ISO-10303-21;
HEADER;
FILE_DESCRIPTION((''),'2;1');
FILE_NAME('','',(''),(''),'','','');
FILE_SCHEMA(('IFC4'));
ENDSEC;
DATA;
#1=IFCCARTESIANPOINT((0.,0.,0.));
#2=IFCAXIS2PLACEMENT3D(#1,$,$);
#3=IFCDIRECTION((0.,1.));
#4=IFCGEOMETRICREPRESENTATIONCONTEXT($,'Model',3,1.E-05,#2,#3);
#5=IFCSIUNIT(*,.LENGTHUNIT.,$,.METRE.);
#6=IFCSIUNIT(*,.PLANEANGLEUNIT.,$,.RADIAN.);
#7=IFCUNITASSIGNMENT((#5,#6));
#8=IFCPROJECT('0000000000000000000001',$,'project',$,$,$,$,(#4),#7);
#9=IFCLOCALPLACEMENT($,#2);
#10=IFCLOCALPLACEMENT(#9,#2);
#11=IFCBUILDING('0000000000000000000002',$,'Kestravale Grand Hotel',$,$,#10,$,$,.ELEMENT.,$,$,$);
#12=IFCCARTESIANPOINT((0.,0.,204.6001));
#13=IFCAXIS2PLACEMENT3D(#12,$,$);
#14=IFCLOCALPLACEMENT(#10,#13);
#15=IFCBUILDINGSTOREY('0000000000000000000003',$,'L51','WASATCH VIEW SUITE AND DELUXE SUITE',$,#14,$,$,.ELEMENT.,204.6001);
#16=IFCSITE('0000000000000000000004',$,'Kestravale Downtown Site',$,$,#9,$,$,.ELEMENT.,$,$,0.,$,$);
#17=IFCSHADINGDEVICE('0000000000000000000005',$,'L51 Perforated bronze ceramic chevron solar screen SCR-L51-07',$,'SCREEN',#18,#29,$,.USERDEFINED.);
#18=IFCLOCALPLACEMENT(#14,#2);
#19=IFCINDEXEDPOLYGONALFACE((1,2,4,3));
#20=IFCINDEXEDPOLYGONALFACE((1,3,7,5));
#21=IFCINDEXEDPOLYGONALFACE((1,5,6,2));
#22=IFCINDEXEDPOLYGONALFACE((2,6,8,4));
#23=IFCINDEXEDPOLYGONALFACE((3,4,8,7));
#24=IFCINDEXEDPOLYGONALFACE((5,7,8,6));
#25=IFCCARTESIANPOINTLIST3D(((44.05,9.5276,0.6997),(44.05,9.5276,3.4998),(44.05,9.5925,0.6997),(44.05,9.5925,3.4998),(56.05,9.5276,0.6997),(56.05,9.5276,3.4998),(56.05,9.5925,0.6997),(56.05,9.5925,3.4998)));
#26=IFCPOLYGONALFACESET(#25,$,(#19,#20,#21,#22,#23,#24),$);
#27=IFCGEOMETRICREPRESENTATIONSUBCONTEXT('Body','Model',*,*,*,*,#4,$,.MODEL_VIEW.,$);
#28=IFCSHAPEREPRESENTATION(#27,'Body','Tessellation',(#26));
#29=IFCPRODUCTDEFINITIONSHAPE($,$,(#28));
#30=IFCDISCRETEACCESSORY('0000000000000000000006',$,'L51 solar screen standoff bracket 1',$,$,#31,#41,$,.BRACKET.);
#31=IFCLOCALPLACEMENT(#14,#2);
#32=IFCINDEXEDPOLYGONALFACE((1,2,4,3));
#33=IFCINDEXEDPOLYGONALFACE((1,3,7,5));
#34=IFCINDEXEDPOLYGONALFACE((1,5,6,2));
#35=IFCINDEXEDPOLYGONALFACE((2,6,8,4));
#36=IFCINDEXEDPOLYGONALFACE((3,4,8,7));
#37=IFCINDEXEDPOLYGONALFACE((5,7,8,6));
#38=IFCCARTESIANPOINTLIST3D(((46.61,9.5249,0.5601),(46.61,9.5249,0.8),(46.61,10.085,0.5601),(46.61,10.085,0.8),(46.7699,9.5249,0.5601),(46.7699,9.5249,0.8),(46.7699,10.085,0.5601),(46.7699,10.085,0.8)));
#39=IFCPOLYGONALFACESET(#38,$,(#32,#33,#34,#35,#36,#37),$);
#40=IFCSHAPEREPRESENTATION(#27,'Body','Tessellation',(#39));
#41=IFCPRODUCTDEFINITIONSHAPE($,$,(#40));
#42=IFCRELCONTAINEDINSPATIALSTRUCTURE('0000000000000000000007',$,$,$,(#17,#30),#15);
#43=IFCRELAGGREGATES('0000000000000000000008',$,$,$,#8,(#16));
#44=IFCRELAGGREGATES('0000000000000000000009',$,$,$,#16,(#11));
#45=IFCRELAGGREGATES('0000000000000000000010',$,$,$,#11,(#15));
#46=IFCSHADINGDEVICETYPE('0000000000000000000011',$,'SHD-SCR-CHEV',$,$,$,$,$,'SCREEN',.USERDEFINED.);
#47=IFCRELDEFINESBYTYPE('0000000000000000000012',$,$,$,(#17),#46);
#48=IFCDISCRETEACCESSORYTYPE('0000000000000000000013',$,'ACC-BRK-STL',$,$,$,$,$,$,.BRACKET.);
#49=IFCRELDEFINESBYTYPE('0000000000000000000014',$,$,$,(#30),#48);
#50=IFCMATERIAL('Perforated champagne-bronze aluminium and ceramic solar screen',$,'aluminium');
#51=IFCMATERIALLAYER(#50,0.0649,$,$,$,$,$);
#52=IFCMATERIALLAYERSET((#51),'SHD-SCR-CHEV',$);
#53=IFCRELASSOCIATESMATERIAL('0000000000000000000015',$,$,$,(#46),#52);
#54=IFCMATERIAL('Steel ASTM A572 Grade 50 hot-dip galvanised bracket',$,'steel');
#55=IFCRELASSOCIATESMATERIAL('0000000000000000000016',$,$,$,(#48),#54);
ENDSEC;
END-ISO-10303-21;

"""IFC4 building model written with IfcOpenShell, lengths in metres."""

from ifc_helpers import new_model, si_unit, direction, frame, origin, origin_2d, place, context, subcontext, project, spatial, rectangle, extrude, material, layer, layer_set, type_object, element, save


model = new_model("IFC4")

# Units and contexts
model_context = context("Model", 3, precision=1e-05, world=origin(), true_north=direction((0.0, 1.0)))
body_context = subcontext(model_context, "Body", "Model", "MODEL_VIEW")
ifc_project = project(units=[si_unit("LENGTHUNIT", "METRE"), si_unit("PLANEANGLEUNIT", "RADIAN")], contexts=[model_context])

# Site, building, storey
site_placement = place(None, origin())
site = spatial("IfcSite", under=ifc_project, at=site_placement, Name="Kestravale Downtown Site", CompositionType="ELEMENT", RefElevation=0.0)
building_placement = place(site_placement, origin())
building = spatial("IfcBuilding", under=site, at=building_placement, Name="Kestravale Grand Hotel", CompositionType="ELEMENT")
storey_placement = place(building_placement, frame((0.0, 0.0, 204.6001)))
storey = spatial("IfcBuildingStorey", under=building, at=storey_placement, Name="L51", Description="WASATCH VIEW SUITE AND DELUXE SUITE", CompositionType="ELEMENT", Elevation=204.6001)

# Shading device
ifc_material_1 = material(Name="Perforated champagne-bronze aluminium and ceramic solar screen", Category="aluminium")
ifc_layer_1 = layer(ifc_material_1, 0.0649)
ifc_layer_set_1 = layer_set([ifc_layer_1], Name="SHD-SCR-CHEV")
shading_device_type = type_object("IfcShadingDeviceType", Name="SHD-SCR-CHEV", ElementType="SCREEN", PredefinedType="USERDEFINED", material=ifc_layer_set_1)
shading_device_placement = place(storey_placement, frame((50.05, 9.5601, 0.6997), z_axis=(0.0, 0.0, 1.0), x_axis=(1.0, 0.0, 0.0)))
element("IfcShadingDevice", 1, at=shading_device_placement, inside=storey, type_object=shading_device_type, Name="L51 Perforated bronze ceramic chevron solar screen SCR-L51-07", ObjectType="SCREEN", PredefinedType="USERDEFINED", context=body_context, shape_type="SweptSolid", body=[
    extrude(rectangle(XDim=12.0, YDim=0.0649, at=origin_2d()), origin(), (0.0, 0.0, 1.0), 2.8),
])

# Discrete accessory
ifc_material_2 = material(Name="Steel ASTM A572 Grade 50 hot-dip galvanised bracket", Category="steel")
discrete_accessory_type = type_object("IfcDiscreteAccessoryType", Name="ACC-BRK-STL", PredefinedType="BRACKET", material=ifc_material_2)
discrete_accessory_placement = place(storey_placement, frame((46.6899, 9.8049, 0.5601), z_axis=(0.0, 0.0, 1.0), x_axis=(1.0, 0.0, 0.0)))
element("IfcDiscreteAccessory", 2, at=discrete_accessory_placement, inside=storey, type_object=discrete_accessory_type, Name="L51 solar screen standoff bracket 1", PredefinedType="BRACKET", context=body_context, shape_type="SweptSolid", body=[
    extrude(rectangle(XDim=0.1599, YDim=0.5601, at=origin_2d()), origin(), (0.0, 0.0, 1.0), 0.24),
])

save(model, "model.ifc")
